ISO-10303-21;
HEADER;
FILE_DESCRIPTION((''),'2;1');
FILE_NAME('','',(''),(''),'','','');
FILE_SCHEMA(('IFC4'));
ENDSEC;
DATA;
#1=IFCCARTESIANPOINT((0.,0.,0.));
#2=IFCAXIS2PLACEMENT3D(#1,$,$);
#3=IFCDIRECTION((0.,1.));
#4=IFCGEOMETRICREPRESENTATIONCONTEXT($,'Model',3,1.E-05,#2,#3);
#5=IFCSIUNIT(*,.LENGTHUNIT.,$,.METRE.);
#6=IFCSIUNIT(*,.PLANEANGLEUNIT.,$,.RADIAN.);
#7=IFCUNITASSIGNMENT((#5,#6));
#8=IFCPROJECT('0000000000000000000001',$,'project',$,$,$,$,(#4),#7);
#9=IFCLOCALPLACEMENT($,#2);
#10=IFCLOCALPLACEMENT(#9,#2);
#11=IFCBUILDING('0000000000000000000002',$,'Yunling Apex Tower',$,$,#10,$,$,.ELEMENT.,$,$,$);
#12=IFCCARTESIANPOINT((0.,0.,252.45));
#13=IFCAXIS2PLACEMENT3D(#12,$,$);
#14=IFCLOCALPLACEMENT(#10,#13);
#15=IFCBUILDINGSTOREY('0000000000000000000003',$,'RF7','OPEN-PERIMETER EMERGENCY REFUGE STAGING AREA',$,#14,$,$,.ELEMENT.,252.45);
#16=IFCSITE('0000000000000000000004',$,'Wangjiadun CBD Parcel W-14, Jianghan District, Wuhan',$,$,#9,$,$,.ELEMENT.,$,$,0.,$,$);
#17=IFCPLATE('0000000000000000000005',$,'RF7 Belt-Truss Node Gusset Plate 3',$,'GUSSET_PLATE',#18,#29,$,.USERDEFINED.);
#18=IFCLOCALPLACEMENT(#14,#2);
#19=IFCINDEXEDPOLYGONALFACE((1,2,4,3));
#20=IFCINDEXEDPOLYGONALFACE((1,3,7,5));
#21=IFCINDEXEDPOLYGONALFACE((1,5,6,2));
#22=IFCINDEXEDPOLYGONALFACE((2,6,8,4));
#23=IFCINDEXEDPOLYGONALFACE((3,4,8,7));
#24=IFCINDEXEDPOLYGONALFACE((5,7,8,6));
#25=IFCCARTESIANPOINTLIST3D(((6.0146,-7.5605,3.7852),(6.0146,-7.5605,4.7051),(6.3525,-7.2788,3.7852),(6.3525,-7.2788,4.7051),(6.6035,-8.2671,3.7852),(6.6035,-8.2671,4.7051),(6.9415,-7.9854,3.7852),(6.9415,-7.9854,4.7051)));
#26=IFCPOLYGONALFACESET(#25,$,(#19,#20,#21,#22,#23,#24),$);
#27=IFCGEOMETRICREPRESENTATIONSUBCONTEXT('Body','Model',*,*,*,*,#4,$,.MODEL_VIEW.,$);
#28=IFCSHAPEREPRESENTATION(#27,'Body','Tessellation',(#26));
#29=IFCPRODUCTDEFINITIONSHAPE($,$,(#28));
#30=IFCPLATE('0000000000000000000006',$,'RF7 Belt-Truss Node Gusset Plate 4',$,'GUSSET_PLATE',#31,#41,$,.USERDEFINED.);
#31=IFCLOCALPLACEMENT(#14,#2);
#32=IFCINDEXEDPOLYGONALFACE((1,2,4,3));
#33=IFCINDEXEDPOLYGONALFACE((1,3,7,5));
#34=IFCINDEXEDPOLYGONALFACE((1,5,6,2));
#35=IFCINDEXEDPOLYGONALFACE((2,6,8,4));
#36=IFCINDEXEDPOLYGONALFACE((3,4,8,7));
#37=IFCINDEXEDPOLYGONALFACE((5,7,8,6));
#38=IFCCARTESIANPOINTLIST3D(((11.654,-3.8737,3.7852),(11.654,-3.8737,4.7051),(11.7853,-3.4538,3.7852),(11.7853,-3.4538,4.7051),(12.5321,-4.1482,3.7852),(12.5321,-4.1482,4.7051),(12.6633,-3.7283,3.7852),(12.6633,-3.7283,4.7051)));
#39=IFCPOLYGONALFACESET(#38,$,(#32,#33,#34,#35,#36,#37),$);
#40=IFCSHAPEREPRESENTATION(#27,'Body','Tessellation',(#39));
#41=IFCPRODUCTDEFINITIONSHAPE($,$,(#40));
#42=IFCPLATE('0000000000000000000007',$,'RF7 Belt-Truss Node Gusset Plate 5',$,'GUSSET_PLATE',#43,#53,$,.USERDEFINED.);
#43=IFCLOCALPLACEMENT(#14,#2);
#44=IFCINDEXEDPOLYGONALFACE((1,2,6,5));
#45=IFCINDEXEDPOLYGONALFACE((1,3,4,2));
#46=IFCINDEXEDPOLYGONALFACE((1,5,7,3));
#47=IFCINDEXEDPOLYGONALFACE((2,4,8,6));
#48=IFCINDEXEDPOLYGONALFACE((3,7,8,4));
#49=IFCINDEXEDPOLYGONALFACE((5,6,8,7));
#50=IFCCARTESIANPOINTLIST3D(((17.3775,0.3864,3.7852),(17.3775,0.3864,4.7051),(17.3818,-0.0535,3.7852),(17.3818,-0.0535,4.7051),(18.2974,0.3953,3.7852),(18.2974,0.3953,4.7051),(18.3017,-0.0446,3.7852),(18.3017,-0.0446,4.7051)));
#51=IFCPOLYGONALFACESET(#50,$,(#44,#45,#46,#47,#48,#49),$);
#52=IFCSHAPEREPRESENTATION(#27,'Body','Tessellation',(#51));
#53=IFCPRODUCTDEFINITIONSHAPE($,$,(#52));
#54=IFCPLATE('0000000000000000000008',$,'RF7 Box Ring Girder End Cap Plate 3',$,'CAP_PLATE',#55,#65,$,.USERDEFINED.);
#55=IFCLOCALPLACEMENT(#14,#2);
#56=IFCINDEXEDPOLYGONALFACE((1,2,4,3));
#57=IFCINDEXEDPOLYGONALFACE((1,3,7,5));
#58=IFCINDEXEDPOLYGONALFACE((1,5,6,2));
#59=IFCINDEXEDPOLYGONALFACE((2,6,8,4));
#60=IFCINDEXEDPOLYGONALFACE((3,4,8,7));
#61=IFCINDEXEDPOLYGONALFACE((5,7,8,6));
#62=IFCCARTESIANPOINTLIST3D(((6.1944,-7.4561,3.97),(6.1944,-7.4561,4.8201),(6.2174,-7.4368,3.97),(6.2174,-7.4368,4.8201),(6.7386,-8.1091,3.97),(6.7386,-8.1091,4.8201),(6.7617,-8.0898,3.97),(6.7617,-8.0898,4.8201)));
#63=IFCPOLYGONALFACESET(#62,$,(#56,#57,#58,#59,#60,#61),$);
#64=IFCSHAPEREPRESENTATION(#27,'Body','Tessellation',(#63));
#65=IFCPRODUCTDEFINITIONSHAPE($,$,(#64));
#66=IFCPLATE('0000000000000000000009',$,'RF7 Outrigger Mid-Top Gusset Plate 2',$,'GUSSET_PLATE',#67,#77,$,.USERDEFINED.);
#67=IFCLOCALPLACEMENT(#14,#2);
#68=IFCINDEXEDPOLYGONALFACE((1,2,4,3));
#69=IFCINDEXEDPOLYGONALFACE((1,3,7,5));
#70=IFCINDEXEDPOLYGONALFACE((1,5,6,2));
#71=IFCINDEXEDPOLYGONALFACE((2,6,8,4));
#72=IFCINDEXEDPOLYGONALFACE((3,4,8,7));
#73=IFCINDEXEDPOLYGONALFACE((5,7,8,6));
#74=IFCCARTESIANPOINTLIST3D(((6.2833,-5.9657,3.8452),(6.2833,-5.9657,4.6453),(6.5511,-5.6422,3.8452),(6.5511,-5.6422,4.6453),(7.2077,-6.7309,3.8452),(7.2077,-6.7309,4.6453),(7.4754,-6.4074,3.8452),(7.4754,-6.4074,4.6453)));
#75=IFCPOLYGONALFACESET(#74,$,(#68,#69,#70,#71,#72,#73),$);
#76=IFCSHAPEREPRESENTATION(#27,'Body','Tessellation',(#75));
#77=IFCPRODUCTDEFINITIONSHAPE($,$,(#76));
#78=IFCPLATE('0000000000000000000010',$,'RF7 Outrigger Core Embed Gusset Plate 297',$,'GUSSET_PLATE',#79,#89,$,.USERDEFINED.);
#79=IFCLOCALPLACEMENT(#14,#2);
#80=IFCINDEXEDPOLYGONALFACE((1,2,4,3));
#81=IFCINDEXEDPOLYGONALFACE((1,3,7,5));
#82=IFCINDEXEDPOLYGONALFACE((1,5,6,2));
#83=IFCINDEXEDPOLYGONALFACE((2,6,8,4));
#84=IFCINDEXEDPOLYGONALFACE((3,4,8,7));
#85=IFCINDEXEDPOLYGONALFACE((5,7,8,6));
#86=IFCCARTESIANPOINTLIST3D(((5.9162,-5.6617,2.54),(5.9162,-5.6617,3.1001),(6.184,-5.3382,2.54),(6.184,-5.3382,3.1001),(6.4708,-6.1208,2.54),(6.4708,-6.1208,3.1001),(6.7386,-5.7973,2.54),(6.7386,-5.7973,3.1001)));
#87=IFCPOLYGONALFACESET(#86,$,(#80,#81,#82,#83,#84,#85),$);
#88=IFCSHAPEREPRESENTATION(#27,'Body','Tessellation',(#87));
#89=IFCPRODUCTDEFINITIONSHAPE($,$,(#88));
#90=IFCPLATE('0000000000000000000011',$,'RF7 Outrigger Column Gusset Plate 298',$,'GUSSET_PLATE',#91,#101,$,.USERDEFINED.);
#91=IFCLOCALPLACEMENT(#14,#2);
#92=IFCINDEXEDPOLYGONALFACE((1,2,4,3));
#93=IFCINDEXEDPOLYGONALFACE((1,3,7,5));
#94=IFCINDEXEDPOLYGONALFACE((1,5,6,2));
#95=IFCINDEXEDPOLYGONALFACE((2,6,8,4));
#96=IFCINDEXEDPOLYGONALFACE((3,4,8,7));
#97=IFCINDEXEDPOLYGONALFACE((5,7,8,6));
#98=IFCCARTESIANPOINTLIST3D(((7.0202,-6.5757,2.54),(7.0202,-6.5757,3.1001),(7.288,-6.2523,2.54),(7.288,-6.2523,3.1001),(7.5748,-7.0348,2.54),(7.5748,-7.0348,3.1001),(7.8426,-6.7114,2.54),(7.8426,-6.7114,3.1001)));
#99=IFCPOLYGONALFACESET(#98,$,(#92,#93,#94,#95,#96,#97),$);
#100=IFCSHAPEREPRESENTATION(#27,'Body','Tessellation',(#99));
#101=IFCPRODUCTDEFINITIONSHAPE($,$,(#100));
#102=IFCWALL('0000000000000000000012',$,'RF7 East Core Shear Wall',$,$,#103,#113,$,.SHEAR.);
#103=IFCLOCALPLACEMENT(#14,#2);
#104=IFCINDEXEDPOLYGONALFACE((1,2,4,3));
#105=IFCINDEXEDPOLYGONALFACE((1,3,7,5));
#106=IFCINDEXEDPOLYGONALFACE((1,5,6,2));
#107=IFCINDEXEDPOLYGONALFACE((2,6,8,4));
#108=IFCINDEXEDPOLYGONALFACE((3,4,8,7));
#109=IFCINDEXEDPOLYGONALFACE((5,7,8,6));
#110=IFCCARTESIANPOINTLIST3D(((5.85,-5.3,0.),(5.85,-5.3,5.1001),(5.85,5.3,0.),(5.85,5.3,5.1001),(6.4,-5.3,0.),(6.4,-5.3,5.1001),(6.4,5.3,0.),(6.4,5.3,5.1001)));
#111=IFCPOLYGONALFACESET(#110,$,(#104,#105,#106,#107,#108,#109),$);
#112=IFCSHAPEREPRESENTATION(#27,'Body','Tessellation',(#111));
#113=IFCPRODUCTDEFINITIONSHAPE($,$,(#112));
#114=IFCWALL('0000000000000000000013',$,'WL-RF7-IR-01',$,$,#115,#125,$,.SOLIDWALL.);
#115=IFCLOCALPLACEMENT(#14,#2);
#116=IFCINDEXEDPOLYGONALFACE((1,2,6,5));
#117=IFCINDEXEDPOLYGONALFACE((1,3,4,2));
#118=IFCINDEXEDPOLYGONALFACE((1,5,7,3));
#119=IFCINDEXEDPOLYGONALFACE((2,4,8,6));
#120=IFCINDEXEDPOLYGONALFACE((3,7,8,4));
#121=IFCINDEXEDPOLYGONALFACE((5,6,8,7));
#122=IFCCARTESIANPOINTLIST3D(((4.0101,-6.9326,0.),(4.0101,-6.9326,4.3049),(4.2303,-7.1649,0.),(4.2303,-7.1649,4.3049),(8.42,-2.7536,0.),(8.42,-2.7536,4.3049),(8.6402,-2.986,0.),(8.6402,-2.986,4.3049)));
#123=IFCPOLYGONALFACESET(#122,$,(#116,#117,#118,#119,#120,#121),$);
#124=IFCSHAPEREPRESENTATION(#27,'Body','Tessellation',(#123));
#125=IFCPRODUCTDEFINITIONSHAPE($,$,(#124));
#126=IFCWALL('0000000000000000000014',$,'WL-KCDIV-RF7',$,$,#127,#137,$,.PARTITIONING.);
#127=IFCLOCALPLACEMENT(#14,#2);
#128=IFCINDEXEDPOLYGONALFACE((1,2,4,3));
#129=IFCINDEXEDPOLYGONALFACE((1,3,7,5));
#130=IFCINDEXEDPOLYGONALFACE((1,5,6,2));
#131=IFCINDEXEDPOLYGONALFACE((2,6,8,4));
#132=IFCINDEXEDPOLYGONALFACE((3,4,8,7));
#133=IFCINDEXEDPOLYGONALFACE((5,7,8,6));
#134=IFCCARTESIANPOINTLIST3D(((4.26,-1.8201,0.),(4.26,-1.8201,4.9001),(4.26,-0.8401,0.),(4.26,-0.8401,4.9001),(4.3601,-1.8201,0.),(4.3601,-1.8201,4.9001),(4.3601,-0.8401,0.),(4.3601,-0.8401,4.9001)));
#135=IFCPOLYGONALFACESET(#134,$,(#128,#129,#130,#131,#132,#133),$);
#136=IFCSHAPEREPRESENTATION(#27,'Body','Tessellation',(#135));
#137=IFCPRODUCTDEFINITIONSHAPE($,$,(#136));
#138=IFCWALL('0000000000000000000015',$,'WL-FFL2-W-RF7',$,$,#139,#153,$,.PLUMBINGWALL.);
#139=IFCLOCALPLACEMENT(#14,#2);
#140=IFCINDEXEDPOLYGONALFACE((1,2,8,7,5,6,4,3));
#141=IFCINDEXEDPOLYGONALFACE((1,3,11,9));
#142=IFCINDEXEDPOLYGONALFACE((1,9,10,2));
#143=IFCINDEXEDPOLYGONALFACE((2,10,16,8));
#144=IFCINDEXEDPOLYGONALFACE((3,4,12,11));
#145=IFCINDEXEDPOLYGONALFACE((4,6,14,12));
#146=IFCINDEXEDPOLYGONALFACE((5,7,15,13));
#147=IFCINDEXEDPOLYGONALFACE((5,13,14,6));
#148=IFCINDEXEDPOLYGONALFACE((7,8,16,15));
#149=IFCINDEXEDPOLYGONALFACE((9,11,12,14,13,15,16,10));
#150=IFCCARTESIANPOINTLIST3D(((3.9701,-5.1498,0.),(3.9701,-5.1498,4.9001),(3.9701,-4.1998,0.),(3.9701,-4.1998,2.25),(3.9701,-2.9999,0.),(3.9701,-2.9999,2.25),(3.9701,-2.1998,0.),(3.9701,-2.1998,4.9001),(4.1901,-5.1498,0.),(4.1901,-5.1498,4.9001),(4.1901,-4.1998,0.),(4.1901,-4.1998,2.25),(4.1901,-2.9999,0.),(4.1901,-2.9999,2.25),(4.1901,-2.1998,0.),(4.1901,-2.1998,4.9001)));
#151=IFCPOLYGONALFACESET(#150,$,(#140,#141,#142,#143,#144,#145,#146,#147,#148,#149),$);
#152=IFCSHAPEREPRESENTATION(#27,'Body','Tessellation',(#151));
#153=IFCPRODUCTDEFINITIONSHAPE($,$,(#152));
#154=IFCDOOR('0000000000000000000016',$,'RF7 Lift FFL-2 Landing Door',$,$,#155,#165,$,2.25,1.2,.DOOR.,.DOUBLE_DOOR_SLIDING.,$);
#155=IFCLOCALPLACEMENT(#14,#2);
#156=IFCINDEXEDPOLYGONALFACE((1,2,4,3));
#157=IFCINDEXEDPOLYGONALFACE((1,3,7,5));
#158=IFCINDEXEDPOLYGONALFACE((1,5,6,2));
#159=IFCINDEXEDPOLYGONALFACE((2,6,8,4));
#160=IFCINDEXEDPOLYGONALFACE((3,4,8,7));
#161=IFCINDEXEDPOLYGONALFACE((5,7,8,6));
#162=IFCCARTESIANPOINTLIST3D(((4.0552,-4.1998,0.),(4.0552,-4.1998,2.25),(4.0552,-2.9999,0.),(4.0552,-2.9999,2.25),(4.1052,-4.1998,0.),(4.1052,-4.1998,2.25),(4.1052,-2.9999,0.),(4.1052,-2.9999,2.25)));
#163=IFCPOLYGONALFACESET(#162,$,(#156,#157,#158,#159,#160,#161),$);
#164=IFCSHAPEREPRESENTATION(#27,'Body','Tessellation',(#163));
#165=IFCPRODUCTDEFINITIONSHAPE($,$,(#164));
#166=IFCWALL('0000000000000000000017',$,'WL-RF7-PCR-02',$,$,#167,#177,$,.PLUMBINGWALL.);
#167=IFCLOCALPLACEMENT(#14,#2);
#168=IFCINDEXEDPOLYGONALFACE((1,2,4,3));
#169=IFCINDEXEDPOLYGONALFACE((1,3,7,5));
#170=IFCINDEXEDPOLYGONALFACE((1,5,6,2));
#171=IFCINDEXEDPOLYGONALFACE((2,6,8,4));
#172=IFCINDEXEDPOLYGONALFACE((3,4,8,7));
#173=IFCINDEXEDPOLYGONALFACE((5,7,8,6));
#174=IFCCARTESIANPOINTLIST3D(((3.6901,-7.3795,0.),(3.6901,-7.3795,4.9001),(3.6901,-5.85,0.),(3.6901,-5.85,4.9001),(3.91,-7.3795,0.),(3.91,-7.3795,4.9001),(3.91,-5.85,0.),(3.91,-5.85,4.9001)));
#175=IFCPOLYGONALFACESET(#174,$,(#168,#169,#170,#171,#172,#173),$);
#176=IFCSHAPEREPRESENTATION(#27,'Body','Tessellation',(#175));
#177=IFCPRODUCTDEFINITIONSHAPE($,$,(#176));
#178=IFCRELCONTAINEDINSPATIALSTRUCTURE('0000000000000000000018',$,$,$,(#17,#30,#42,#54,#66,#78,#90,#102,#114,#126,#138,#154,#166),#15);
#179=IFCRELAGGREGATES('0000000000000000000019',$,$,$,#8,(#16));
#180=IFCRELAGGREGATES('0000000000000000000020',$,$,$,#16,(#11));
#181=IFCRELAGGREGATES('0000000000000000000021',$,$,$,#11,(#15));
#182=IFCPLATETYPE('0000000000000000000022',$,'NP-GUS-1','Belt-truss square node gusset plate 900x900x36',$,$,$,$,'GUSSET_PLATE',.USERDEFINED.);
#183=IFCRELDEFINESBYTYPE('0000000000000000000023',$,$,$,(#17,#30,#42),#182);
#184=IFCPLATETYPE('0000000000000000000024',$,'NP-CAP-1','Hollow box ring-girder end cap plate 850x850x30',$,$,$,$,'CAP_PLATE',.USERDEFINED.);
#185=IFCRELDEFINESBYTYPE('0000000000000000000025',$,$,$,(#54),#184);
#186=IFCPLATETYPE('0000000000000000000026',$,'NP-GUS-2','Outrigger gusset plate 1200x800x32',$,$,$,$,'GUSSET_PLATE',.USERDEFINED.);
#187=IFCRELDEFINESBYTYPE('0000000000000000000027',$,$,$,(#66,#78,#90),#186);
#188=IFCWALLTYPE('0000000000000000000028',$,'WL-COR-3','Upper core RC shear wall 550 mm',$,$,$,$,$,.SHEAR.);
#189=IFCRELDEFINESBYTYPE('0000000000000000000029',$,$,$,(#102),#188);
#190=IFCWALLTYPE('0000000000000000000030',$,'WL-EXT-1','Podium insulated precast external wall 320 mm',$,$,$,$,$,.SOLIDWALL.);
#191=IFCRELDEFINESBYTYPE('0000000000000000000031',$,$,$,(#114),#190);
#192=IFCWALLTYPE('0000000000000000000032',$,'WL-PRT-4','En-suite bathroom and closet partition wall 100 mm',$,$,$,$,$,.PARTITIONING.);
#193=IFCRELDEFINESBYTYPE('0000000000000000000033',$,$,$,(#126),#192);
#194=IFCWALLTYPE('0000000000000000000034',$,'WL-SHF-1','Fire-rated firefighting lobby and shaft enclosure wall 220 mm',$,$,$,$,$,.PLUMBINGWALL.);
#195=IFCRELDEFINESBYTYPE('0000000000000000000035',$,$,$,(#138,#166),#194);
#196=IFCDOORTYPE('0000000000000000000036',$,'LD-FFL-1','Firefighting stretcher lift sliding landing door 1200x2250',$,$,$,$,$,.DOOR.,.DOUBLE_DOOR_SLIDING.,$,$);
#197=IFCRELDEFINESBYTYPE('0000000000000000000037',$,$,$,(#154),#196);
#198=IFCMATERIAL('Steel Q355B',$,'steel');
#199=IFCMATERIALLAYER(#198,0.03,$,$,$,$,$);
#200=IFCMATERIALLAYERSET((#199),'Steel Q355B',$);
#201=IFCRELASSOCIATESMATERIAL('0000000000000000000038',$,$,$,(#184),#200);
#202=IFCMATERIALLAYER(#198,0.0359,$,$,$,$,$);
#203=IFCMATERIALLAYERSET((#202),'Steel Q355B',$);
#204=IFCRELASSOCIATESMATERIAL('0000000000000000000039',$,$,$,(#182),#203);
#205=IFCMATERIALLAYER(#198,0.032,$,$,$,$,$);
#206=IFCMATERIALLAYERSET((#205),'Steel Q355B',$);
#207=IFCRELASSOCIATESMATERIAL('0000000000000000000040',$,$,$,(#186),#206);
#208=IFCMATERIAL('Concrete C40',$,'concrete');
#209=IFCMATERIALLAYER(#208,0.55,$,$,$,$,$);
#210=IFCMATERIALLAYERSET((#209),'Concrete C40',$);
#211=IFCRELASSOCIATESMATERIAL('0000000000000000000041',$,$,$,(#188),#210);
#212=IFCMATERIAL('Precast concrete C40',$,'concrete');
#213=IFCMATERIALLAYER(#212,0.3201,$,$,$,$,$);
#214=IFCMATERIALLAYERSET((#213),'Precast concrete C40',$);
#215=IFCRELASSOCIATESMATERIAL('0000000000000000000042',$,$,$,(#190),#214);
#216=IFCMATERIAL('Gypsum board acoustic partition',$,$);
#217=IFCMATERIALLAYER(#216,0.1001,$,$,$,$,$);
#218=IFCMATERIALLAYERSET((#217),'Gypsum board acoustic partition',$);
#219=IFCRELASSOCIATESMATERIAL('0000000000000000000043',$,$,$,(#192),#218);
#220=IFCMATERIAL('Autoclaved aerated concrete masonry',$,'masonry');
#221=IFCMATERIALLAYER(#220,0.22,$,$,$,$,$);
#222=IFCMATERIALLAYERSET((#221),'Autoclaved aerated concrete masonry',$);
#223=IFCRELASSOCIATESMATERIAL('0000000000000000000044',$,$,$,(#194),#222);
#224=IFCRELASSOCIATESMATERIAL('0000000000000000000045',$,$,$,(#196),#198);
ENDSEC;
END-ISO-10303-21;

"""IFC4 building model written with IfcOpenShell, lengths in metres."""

from ifc_helpers import new_model, si_unit, direction, frame, frame_2d, origin, origin_2d, place, context, subcontext, project, spatial, rectangle, extrude, source, transform, mapped, material, layer, layer_set, type_object, element, fill, save


model = new_model("IFC4")

# Units and contexts
model_context = context("Model", 3, precision=1e-05, world=origin(), true_north=direction((0.0, 1.0)))
body_context = subcontext(model_context, "Body", "Model", "MODEL_VIEW")
ifc_project = project(units=[si_unit("LENGTHUNIT", "METRE"), si_unit("PLANEANGLEUNIT", "RADIAN")], contexts=[model_context])

# Site, building, storey
site_placement = place(None, origin())
site = spatial("IfcSite", under=ifc_project, at=site_placement, Name="Wangjiadun CBD Parcel W-14, Jianghan District, Wuhan", CompositionType="ELEMENT", RefElevation=0.0)
building_placement = place(site_placement, origin())
building = spatial("IfcBuilding", under=site, at=building_placement, Name="Yunling Apex Tower", CompositionType="ELEMENT")
storey_placement = place(building_placement, frame((0.0, 0.0, 252.45)))
storey = spatial("IfcBuildingStorey", under=building, at=storey_placement, Name="RF7", Description="OPEN-PERIMETER EMERGENCY REFUGE STAGING AREA", CompositionType="ELEMENT", Elevation=252.45)

# Shared definitions
ifc_material_1 = material(Name="Steel Q355B", Category="steel")

# Plates
ifc_layer_1 = layer(ifc_material_1, 0.03)
ifc_layer_set_1 = layer_set([ifc_layer_1], Name="Steel Q355B")
plate_type_1 = type_object("IfcPlateType", Name="NP-CAP-1", Description="Hollow box ring-girder end cap plate 850x850x30", ElementType="CAP_PLATE", PredefinedType="USERDEFINED", material=ifc_layer_set_1)
ifc_layer_2 = layer(ifc_material_1, 0.0359)
ifc_layer_set_2 = layer_set([ifc_layer_2], Name="Steel Q355B")
plate_type_2 = type_object("IfcPlateType", Name="NP-GUS-1", Description="Belt-truss square node gusset plate 900x900x36", ElementType="GUSSET_PLATE", PredefinedType="USERDEFINED", material=ifc_layer_set_2)
shared_shape_1 = source(origin(), body_context, "Body", "SweptSolid", [
    extrude(rectangle(XDim=0.9199, YDim=0.4399, at=origin_2d()), origin(), (0.0, 0.0, 1.0), 0.9199),
])
for number, where, z_axis, x_axis, name in (
    (1, (6.478, -7.7729, 3.7852), (0.0, 0.0, 1.0), (0.640244, -0.768172, 0.0), "RF7 Belt-Truss Node Gusset Plate 3"),
    (2, (12.1587, -3.801, 3.7852), (0.0, 0.0, 1.0), (0.954449, -0.298375, 0.0), "RF7 Belt-Truss Node Gusset Plate 4"),
    (3, (17.8396, 0.1709, 3.7852), (0.0, 0.0, 1.0), (0.999954, 0.009599, 0.0), "RF7 Belt-Truss Node Gusset Plate 5"),
):
    element("IfcPlate", number, at=place(storey_placement, frame(where, z_axis=z_axis, x_axis=x_axis)), inside=storey, type_object=plate_type_2, Name=name, ObjectType="GUSSET_PLATE", PredefinedType="USERDEFINED", context=body_context, shape_type="MappedRepresentation", body=[
        mapped(shared_shape_1, transform((0.0, 0.0, 0.0), scale=1.0)),
    ])
shared_shape_2 = source(origin(), body_context, "Body", "SweptSolid", [
    extrude(rectangle(XDim=0.8501, YDim=0.03, at=origin_2d()), origin(), (0.0, 0.0, 1.0), 0.8501),
])
plate_1_placement = place(storey_placement, frame((6.478, -7.7729, 3.97), z_axis=(0.0, 0.0, 1.0), x_axis=(0.640244, -0.768172, 0.0)))
element("IfcPlate", 4, at=plate_1_placement, inside=storey, type_object=plate_type_1, Name="RF7 Box Ring Girder End Cap Plate 3", ObjectType="CAP_PLATE", PredefinedType="USERDEFINED", context=body_context, shape_type="MappedRepresentation", body=[
    mapped(shared_shape_2, transform((0.0, 0.0, 0.0), scale=1.0)),
])
ifc_layer_3 = layer(ifc_material_1, 0.032)
ifc_layer_set_3 = layer_set([ifc_layer_3], Name="Steel Q355B")
plate_type_3 = type_object("IfcPlateType", Name="NP-GUS-2", Description="Outrigger gusset plate 1200x800x32", ElementType="GUSSET_PLATE", PredefinedType="USERDEFINED", material=ifc_layer_set_3)
shared_shape_3 = source(origin(), body_context, "Body", "SweptSolid", [
    extrude(rectangle(XDim=1.2, YDim=0.4199, at=origin_2d()), origin(), (0.0, 0.0, 1.0), 0.8),
])
plate_2_placement = place(storey_placement, frame((6.8794, -6.1865, 3.8452), z_axis=(0.0, 0.0, 1.0), x_axis=(0.770291, -0.637693, 0.0)))
element("IfcPlate", 5, at=plate_2_placement, inside=storey, type_object=plate_type_3, Name="RF7 Outrigger Mid-Top Gusset Plate 2", ObjectType="GUSSET_PLATE", PredefinedType="USERDEFINED", context=body_context, shape_type="MappedRepresentation", body=[
    mapped(shared_shape_3, transform((0.0, 0.0, 0.0), scale=1.0)),
])
shared_shape_4 = source(origin(), body_context, "Body", "SweptSolid", [
    extrude(rectangle(XDim=0.72, YDim=0.4199, at=origin_2d()), origin(), (0.0, 0.0, 1.0), 0.5601),
])
for number, where, z_axis, x_axis, name in (
    (6, (6.3274, -5.7295, 2.54), (0.0, 0.0, 1.0), (0.770291, -0.637693, 0.0), "RF7 Outrigger Core Embed Gusset Plate 297"),
    (7, (7.4314, -6.6436, 2.54), (0.0, 0.0, 1.0), (0.770291, -0.637693, 0.0), "RF7 Outrigger Column Gusset Plate 298"),
):
    element("IfcPlate", number, at=place(storey_placement, frame(where, z_axis=z_axis, x_axis=x_axis)), inside=storey, type_object=plate_type_3, Name=name, ObjectType="GUSSET_PLATE", PredefinedType="USERDEFINED", context=body_context, shape_type="MappedRepresentation", body=[
        mapped(shared_shape_4, transform((0.0, 0.0, 0.0), scale=1.0)),
    ])

# Walls
ifc_material_2 = material(Name="Concrete C40", Category="concrete")
ifc_layer_4 = layer(ifc_material_2, 0.55)
ifc_layer_set_4 = layer_set([ifc_layer_4], Name="Concrete C40")
wall_type_1 = type_object("IfcWallType", Name="WL-COR-3", Description="Upper core RC shear wall 550 mm", PredefinedType="SHEAR", material=ifc_layer_set_4)
wall_1_placement = place(storey_placement, frame((6.125, -5.3, 0.0), z_axis=(0.0, 0.0, 1.0), x_axis=(0.0, 1.0, 0.0)))
element("IfcWall", 8, at=wall_1_placement, inside=storey, type_object=wall_type_1, Name="RF7 East Core Shear Wall", PredefinedType="SHEAR", context=body_context, shape_type="SweptSolid", body=[
    extrude(rectangle(XDim=10.6001, YDim=0.55, at=frame_2d((5.3, 0.0))), origin(), (0.0, 0.0, 1.0), 5.1001),
])
ifc_material_3 = material(Name="Precast concrete C40", Category="concrete")
ifc_layer_5 = layer(ifc_material_3, 0.3201)
ifc_layer_set_5 = layer_set([ifc_layer_5], Name="Precast concrete C40")
wall_type_2 = type_object("IfcWallType", Name="WL-EXT-1", Description="Podium insulated precast external wall 320 mm", PredefinedType="SOLIDWALL", material=ifc_layer_set_5)
wall_2_placement = place(storey_placement, frame((8.53, -2.8699, 0.0), z_axis=(0.0, 0.0, 1.0), x_axis=(-0.725859, -0.687844, 0.0)))
element("IfcWall", 9, at=wall_2_placement, inside=storey, type_object=wall_type_2, Name="WL-RF7-IR-01", PredefinedType="SOLIDWALL", context=body_context, shape_type="SweptSolid", body=[
    extrude(rectangle(XDim=6.0754, YDim=0.3201, at=frame_2d((3.0376, 0.0))), origin(), (0.0, 0.0, 1.0), 4.3049),
])
ifc_material_4 = material(Name="Gypsum board acoustic partition")
ifc_layer_6 = layer(ifc_material_4, 0.1001)
ifc_layer_set_6 = layer_set([ifc_layer_6], Name="Gypsum board acoustic partition")
wall_type_3 = type_object("IfcWallType", Name="WL-PRT-4", Description="En-suite bathroom and closet partition wall 100 mm", PredefinedType="PARTITIONING", material=ifc_layer_set_6)
wall_3_placement = place(storey_placement, frame((4.3101, -1.8201, 0.0), z_axis=(0.0, 0.0, 1.0), x_axis=(0.0, 1.0, 0.0)))
element("IfcWall", 10, at=wall_3_placement, inside=storey, type_object=wall_type_3, Name="WL-KCDIV-RF7", PredefinedType="PARTITIONING", context=body_context, shape_type="SweptSolid", body=[
    extrude(rectangle(XDim=0.98, YDim=0.1001, at=frame_2d((0.49, 0.0))), origin(), (0.0, 0.0, 1.0), 4.9001),
])

# Wall, opening, door
ifc_material_5 = material(Name="Autoclaved aerated concrete masonry", Category="masonry")
ifc_layer_7 = layer(ifc_material_5, 0.22)
ifc_layer_set_7 = layer_set([ifc_layer_7], Name="Autoclaved aerated concrete masonry")
wall_type_4 = type_object("IfcWallType", Name="WL-SHF-1", Description="Fire-rated firefighting lobby and shaft enclosure wall 220 mm", PredefinedType="PLUMBINGWALL", material=ifc_layer_set_7)
wall_4_placement = place(storey_placement, frame((4.0801, -5.1499, 0.0), z_axis=(0.0, 0.0, 1.0), x_axis=(0.0, 1.0, 0.0)))
wall_4 = element("IfcWall", 11, at=wall_4_placement, inside=storey, type_object=wall_type_4, Name="WL-FFL2-W-RF7", PredefinedType="PLUMBINGWALL", context=body_context, shape_type="SweptSolid", body=[
    extrude(rectangle(XDim=2.95, YDim=0.22, at=frame_2d((1.4751, 0.0))), origin(), (0.0, 0.0, 1.0), 4.9001),
])
opening_placement = place(wall_4_placement, frame((0.95, 0.0, 0.0)))
opening = element("IfcOpeningElement", 12, at=opening_placement, cuts=wall_4, PredefinedType="OPENING", context=body_context, shape_type="SweptSolid", body=[
    extrude(rectangle(XDim=1.2, YDim=2.25, at=frame_2d((0.6001, 1.125))), frame((0.0, 0.1201, 0.0), z_axis=(0.0, -1.0, 0.0), x_axis=(1.0, 0.0, 0.0)), (0.0, 0.0, 1.0), 0.24),
])
door_type = type_object("IfcDoorType", Name="LD-FFL-1", Description="Firefighting stretcher lift sliding landing door 1200x2250", OperationType="DOUBLE_DOOR_SLIDING", PredefinedType="DOOR", material=ifc_material_1)
door_placement = place(opening_placement, origin())
door = element("IfcDoor", 13, at=door_placement, inside=storey, type_object=door_type, Name="RF7 Lift FFL-2 Landing Door", OperationType="DOUBLE_DOOR_SLIDING", OverallHeight=2.25, OverallWidth=1.2, PredefinedType="DOOR", context=body_context, shape_type="SweptSolid", body=[
    extrude(rectangle(XDim=1.2, YDim=2.25, at=frame_2d((0.6001, 1.125))), frame((0.0, 0.0249, 0.0), z_axis=(0.0, -1.0, 0.0), x_axis=(1.0, 0.0, 0.0)), (0.0, 0.0, 1.0), 0.05),
])
fill(opening, door)

# Wall
wall_5_placement = place(storey_placement, frame((3.8, -5.8501, 0.0), z_axis=(0.0, 0.0, 1.0), x_axis=(0.0, -1.0, 0.0)))
element("IfcWall", 14, at=wall_5_placement, inside=storey, type_object=wall_type_4, Name="WL-RF7-PCR-02", PredefinedType="PLUMBINGWALL", context=body_context, shape_type="SweptSolid", body=[
    extrude(rectangle(XDim=1.5295, YDim=0.22, at=frame_2d((0.7646, 0.0))), origin(), (0.0, 0.0, 1.0), 4.9001),
])

save(model, "model.ifc")
